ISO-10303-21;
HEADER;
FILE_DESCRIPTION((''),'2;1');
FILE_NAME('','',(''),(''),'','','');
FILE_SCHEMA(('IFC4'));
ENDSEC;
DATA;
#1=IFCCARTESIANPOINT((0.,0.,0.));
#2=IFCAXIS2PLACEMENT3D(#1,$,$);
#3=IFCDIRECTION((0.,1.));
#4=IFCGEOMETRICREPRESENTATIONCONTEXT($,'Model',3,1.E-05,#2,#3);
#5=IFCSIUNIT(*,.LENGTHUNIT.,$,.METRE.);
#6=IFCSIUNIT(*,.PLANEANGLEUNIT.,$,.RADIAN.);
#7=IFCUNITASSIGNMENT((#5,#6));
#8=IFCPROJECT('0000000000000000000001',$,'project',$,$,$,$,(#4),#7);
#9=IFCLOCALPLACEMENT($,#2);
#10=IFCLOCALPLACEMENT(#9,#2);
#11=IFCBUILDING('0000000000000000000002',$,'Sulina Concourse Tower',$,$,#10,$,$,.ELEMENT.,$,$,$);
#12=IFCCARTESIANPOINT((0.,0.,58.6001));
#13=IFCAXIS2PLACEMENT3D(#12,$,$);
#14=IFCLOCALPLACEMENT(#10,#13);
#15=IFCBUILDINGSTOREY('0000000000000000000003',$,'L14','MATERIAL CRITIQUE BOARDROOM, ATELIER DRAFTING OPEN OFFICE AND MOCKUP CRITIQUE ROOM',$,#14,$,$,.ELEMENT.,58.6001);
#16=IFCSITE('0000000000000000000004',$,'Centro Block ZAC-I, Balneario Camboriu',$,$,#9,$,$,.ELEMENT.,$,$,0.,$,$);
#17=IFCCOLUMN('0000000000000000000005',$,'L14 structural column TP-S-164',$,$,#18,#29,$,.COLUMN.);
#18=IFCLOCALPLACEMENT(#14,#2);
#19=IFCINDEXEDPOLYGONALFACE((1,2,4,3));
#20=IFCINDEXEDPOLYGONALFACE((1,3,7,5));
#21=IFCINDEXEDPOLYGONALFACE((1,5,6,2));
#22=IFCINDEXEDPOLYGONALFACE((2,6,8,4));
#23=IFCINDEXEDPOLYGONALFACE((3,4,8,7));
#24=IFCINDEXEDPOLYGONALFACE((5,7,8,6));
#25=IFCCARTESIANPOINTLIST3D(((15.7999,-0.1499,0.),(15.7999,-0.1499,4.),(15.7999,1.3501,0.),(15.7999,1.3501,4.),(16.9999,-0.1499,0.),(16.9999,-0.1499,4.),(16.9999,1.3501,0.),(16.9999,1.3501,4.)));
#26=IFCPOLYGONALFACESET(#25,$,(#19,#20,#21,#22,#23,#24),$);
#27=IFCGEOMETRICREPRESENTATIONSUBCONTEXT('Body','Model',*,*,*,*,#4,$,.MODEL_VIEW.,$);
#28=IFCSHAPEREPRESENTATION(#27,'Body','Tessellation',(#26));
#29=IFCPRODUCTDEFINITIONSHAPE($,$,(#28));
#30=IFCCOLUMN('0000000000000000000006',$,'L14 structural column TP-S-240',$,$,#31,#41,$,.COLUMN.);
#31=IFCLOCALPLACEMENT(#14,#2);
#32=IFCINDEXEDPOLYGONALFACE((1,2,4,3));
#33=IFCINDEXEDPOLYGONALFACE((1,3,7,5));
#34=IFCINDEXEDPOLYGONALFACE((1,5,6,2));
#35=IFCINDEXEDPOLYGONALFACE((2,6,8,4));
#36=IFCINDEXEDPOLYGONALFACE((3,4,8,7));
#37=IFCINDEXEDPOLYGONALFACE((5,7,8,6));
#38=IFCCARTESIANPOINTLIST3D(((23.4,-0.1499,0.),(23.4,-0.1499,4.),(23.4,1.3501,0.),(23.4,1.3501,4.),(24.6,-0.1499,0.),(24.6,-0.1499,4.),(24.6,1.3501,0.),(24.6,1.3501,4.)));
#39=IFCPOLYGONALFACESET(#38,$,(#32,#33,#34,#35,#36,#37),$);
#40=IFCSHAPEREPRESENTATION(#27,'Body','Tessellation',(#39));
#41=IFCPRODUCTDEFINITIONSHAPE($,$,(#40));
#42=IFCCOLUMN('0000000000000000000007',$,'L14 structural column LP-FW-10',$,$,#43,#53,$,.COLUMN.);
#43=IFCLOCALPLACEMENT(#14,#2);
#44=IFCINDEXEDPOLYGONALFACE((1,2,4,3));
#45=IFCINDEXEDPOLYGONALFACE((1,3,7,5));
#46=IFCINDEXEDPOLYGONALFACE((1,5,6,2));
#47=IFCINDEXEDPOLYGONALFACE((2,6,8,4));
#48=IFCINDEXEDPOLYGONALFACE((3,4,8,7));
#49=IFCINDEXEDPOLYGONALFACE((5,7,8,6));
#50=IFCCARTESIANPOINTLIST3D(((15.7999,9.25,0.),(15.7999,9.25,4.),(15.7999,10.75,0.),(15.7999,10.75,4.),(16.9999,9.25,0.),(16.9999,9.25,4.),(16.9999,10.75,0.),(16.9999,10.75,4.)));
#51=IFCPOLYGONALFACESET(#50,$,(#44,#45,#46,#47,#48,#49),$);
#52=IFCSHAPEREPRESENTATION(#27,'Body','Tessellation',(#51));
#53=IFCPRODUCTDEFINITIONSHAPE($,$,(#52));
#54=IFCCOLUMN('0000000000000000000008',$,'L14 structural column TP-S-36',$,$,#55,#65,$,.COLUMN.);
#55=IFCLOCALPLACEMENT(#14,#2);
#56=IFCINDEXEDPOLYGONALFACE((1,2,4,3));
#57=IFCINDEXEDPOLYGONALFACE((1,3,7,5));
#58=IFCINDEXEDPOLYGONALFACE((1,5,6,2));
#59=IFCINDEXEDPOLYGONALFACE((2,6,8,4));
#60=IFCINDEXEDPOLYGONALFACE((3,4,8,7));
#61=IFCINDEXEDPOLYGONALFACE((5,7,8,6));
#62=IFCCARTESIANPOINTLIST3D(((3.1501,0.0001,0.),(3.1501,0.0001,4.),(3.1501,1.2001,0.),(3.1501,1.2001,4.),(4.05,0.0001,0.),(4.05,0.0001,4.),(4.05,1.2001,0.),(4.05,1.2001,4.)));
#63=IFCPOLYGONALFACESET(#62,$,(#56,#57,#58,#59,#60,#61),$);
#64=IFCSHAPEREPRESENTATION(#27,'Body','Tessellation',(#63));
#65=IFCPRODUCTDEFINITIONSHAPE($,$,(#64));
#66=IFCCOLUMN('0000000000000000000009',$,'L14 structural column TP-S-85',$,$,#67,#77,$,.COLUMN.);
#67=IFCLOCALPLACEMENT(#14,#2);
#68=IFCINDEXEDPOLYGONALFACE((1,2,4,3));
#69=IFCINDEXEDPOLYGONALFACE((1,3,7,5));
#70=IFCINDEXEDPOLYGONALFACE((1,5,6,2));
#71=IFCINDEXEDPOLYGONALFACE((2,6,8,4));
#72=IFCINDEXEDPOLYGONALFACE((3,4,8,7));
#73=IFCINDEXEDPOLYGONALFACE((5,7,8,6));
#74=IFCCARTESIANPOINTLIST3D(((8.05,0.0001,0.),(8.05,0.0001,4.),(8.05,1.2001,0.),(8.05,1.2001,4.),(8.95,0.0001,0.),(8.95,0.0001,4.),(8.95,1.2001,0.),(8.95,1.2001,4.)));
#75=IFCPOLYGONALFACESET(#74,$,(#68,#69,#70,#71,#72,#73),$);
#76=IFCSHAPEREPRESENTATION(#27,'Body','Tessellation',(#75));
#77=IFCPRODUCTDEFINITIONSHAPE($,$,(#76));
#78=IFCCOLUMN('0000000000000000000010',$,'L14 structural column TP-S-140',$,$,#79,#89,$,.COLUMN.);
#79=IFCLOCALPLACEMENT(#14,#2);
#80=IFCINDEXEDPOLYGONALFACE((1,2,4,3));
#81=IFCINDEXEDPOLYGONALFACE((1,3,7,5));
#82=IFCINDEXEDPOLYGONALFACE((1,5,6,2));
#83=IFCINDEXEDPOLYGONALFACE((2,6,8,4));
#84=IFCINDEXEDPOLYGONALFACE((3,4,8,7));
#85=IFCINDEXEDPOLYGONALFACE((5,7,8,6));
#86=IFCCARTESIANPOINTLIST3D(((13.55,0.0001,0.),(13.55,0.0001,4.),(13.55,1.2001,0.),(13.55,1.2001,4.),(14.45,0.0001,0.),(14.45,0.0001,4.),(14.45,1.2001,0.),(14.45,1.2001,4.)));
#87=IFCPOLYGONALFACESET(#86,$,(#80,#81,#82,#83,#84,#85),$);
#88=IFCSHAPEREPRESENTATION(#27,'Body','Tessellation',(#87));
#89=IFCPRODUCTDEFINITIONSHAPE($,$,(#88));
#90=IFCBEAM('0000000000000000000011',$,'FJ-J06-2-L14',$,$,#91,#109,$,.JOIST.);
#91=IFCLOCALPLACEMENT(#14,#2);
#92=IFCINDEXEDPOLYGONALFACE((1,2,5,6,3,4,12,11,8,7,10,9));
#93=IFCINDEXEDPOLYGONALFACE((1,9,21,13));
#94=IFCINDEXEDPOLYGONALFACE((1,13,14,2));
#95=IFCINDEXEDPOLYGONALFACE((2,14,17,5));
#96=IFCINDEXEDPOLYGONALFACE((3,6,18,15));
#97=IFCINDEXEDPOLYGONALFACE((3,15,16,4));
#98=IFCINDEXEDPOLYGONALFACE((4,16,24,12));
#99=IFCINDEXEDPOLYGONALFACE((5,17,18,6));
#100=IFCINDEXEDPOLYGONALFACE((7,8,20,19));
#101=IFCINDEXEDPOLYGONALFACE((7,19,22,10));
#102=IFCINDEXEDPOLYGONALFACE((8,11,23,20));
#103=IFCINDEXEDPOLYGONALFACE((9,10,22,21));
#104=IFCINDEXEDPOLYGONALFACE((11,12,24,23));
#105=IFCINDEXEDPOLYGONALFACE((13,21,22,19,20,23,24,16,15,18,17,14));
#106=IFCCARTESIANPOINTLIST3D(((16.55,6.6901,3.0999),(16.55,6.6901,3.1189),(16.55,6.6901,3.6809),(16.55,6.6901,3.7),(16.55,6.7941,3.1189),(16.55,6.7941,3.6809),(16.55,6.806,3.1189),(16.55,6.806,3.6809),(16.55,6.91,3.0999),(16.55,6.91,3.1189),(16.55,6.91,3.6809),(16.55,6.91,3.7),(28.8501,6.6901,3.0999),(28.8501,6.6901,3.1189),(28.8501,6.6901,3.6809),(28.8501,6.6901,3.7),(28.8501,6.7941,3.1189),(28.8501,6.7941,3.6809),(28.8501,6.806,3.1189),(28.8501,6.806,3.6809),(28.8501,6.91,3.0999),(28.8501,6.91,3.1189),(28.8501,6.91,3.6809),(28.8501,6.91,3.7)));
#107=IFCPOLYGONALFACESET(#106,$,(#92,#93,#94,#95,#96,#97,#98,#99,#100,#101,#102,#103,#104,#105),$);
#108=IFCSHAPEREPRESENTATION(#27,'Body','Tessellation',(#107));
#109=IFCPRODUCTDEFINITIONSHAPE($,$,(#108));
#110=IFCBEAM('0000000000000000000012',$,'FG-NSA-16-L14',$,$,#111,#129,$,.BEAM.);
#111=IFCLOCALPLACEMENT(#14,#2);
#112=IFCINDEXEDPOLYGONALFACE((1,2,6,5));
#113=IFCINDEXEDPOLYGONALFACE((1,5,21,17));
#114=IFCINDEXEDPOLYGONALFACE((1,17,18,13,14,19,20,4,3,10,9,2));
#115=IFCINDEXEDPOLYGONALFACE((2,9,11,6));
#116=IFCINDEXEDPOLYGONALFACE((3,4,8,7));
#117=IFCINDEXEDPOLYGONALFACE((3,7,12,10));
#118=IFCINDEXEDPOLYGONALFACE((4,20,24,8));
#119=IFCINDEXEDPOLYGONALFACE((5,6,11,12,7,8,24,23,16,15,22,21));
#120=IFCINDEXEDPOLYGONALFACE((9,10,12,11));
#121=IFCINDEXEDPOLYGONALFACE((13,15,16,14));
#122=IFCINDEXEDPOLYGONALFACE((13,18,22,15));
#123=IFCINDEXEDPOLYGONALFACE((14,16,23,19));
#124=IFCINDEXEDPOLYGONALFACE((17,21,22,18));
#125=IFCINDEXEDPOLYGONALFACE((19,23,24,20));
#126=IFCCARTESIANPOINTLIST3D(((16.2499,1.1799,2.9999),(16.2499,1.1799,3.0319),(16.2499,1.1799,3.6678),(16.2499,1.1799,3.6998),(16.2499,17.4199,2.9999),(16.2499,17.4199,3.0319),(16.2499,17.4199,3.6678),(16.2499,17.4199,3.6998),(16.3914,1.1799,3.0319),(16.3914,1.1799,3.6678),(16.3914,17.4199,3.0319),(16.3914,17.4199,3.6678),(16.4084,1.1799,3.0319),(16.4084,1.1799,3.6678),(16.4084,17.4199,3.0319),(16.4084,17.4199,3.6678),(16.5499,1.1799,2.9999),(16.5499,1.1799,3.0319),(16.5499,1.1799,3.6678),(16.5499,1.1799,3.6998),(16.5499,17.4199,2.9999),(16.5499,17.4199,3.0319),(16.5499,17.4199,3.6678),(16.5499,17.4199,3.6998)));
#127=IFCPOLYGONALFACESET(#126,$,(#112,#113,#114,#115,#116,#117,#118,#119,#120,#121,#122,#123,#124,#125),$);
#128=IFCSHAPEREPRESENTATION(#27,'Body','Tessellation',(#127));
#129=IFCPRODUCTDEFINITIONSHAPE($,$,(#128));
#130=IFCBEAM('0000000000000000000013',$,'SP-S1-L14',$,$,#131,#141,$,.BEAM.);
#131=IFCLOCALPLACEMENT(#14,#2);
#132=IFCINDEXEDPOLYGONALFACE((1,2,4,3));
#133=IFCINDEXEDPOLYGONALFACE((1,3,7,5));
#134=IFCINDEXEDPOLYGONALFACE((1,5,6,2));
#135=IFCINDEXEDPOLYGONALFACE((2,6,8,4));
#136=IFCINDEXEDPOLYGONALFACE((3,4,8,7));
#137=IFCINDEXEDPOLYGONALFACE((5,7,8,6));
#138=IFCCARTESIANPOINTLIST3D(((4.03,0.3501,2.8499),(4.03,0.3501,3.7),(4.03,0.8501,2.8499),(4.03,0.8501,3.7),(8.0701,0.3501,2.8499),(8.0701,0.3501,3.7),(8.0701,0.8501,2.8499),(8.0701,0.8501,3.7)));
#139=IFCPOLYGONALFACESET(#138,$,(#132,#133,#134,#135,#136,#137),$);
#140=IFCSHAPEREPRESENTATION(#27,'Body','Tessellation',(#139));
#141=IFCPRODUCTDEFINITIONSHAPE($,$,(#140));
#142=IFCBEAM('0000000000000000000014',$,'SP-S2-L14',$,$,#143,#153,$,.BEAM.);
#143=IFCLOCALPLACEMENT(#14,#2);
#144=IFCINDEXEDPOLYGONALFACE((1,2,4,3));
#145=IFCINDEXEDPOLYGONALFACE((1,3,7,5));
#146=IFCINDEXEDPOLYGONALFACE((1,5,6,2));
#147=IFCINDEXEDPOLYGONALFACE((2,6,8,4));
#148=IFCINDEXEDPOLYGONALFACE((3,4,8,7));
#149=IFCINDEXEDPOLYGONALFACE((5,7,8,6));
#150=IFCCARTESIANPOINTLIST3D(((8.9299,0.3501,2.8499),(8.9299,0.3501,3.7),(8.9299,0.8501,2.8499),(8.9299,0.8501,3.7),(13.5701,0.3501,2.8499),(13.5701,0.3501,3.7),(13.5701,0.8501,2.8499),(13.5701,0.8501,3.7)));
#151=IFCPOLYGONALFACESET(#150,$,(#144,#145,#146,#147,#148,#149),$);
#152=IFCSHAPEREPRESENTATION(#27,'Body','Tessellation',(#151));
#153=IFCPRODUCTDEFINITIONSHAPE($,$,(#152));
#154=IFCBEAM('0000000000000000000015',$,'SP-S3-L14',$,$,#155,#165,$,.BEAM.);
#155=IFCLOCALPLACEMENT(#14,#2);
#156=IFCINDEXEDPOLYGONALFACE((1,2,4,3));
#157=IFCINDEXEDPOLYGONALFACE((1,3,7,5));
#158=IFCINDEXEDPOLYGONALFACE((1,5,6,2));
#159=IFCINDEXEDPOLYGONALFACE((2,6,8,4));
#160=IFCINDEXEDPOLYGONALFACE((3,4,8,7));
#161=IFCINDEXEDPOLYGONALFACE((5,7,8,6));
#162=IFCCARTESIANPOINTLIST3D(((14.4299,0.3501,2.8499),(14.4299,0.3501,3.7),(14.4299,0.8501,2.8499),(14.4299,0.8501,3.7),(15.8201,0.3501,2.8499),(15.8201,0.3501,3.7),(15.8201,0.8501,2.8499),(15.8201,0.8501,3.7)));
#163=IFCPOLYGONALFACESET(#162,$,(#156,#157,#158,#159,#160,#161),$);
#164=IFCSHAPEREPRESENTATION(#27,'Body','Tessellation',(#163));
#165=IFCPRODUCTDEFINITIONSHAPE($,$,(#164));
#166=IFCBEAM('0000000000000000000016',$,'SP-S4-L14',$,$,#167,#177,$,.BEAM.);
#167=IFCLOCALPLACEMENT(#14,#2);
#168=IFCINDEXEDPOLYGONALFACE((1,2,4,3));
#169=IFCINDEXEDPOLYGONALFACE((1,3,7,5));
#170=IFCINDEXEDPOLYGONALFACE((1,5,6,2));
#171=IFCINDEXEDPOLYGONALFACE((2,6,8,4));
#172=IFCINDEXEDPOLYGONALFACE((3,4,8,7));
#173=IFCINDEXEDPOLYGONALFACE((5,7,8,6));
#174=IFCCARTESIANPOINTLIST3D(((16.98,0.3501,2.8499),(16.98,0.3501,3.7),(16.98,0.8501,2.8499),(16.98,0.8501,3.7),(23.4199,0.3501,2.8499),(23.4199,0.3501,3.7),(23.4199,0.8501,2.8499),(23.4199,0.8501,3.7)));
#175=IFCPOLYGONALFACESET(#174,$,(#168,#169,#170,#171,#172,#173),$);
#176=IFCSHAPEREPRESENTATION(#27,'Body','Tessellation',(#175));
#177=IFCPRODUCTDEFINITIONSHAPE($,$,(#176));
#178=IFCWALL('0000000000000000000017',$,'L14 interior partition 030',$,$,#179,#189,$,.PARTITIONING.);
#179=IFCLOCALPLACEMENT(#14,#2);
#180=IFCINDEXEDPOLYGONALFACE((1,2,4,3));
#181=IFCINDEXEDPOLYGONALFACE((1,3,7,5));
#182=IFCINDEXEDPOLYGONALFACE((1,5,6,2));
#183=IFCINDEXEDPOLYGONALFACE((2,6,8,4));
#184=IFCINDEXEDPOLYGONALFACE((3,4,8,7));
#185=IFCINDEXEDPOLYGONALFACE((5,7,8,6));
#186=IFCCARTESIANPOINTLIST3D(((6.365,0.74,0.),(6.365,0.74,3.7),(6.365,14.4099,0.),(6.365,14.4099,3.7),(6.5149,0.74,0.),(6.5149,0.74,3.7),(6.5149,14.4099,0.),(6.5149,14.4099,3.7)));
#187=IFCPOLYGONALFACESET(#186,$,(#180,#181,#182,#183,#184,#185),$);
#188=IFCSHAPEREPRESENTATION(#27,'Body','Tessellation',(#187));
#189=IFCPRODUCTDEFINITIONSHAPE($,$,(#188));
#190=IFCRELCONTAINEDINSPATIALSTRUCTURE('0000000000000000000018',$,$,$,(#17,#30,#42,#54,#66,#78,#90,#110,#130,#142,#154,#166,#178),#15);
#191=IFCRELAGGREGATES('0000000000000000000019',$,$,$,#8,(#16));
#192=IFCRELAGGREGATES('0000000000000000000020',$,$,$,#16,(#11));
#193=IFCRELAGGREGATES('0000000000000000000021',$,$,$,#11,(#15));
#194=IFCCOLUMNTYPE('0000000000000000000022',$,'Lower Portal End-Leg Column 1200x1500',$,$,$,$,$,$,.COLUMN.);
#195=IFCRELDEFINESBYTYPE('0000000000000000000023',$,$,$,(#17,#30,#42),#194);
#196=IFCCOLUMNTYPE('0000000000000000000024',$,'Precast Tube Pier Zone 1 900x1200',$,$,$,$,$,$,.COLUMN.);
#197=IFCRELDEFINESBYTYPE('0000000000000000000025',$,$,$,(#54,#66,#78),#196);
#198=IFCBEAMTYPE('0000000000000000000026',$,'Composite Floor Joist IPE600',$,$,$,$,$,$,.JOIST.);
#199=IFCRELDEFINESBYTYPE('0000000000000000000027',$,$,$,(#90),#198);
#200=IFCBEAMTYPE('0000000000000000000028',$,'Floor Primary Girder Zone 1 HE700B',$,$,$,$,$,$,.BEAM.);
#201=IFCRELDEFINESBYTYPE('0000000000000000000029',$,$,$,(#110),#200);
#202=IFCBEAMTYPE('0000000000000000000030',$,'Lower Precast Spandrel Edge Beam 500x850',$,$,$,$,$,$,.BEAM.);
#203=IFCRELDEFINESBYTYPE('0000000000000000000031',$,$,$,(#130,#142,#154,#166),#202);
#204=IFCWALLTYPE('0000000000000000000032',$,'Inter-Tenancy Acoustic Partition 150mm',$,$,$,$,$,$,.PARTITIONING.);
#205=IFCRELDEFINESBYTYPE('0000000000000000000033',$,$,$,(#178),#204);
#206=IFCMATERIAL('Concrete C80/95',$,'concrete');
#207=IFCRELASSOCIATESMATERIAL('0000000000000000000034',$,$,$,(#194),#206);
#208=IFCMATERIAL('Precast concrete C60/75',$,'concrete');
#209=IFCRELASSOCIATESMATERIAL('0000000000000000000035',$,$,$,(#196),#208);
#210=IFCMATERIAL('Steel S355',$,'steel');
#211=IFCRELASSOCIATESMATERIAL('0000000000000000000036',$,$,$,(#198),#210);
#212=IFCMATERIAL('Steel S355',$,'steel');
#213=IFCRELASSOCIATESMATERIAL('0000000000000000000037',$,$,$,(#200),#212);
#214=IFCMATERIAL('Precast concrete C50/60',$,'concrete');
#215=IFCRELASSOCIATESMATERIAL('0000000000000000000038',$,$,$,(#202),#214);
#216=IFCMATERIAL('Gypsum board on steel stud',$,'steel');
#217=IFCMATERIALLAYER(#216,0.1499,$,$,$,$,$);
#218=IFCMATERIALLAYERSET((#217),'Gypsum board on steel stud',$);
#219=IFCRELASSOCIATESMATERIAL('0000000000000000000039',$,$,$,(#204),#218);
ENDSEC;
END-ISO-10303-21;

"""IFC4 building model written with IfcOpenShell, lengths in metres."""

from ifc_helpers import new_model, si_unit, direction, frame, frame_2d, origin, origin_2d, place, context, subcontext, project, spatial, rectangle, i_section, extrude, material, layer, layer_set, material_profile, profile_set, type_object, element, save


model = new_model("IFC4")

# Units and contexts
model_context = context("Model", 3, precision=1e-05, world=origin(), true_north=direction((0.0, 1.0)))
body_context = subcontext(model_context, "Body", "Model", "MODEL_VIEW")
ifc_project = project(units=[si_unit("LENGTHUNIT", "METRE"), si_unit("PLANEANGLEUNIT", "RADIAN")], contexts=[model_context])

# Site, building, storey
site_placement = place(None, origin())
site = spatial("IfcSite", under=ifc_project, at=site_placement, Name="Centro Block ZAC-I, Balneario Camboriu", CompositionType="ELEMENT", RefElevation=0.0)
building_placement = place(site_placement, origin())
building = spatial("IfcBuilding", under=site, at=building_placement, Name="Sulina Concourse Tower", CompositionType="ELEMENT")
storey_placement = place(building_placement, frame((0.0, 0.0, 58.6001)))
storey = spatial("IfcBuildingStorey", under=building, at=storey_placement, Name="L14", Description="MATERIAL CRITIQUE BOARDROOM, ATELIER DRAFTING OPEN OFFICE AND MOCKUP CRITIQUE ROOM", CompositionType="ELEMENT", Elevation=58.6001)

# Columns
ifc_material_1 = material(Name="Concrete C80/95", Category="concrete")
ifc_material_profile_1 = material_profile(ifc_material_1, rectangle(XDim=1.2, YDim=1.5, at=origin_2d()), Name="RC 1200x1500")
ifc_profile_set_1 = profile_set([ifc_material_profile_1], Name="Concrete C80/95")
column_type_1 = type_object("IfcColumnType", Name="Lower Portal End-Leg Column 1200x1500", PredefinedType="COLUMN", material=ifc_profile_set_1)
for number, where, z_axis, x_axis, name in (
    (1, (16.3999, 0.6001, 0.0), (0.0, 0.0, 1.0), (1.0, 0.0, 0.0), "L14 structural column TP-S-164"),
    (2, (24.0, 0.6001, 0.0), (0.0, 0.0, 1.0), (1.0, 0.0, 0.0), "L14 structural column TP-S-240"),
    (3, (16.3999, 10.0, 0.0), (0.0, 0.0, 1.0), (1.0, 0.0, 0.0), "L14 structural column LP-FW-10"),
):
    element("IfcColumn", number, at=place(storey_placement, frame(where, z_axis=z_axis, x_axis=x_axis)), inside=storey, type_object=column_type_1, Name=name, PredefinedType="COLUMN", context=body_context, shape_type="SweptSolid", body=[
        extrude(rectangle(XDim=1.2, YDim=1.5, at=origin_2d()), origin(), (0.0, 0.0, 1.0), 4.0),
    ])
ifc_material_2 = material(Name="Precast concrete C60/75", Category="concrete")
ifc_material_profile_2 = material_profile(ifc_material_2, rectangle(XDim=0.8999, YDim=1.2, at=origin_2d()), Name="PC 900x1200")
ifc_profile_set_2 = profile_set([ifc_material_profile_2], Name="Precast concrete C60/75")
column_type_2 = type_object("IfcColumnType", Name="Precast Tube Pier Zone 1 900x1200", PredefinedType="COLUMN", material=ifc_profile_set_2)
for number, where, z_axis, x_axis, name in (
    (4, (3.6001, 0.6001, 0.0), (0.0, 0.0, 1.0), (1.0, 0.0, 0.0), "L14 structural column TP-S-36"),
    (5, (8.5, 0.6001, 0.0), (0.0, 0.0, 1.0), (1.0, 0.0, 0.0), "L14 structural column TP-S-85"),
    (6, (14.0, 0.6001, 0.0), (0.0, 0.0, 1.0), (1.0, 0.0, 0.0), "L14 structural column TP-S-140"),
):
    element("IfcColumn", number, at=place(storey_placement, frame(where, z_axis=z_axis, x_axis=x_axis)), inside=storey, type_object=column_type_2, Name=name, PredefinedType="COLUMN", context=body_context, shape_type="SweptSolid", body=[
        extrude(rectangle(XDim=0.8999, YDim=1.2, at=origin_2d()), origin(), (0.0, 0.0, 1.0), 4.0),
    ])

# Beams
ifc_material_3 = material(Name="Steel S355", Category="steel")
ifc_material_profile_3 = material_profile(ifc_material_3, i_section(OverallWidth=0.22, OverallDepth=0.6001, WebThickness=0.012, FlangeThickness=0.019, at=origin_2d()), Name="IPE 600")
ifc_profile_set_3 = profile_set([ifc_material_profile_3], Name="Steel S355")
beam_type_1 = type_object("IfcBeamType", Name="Composite Floor Joist IPE600", PredefinedType="JOIST", material=ifc_profile_set_3)
beam_1_placement = place(storey_placement, frame((16.55, 6.8, 3.3999), z_axis=(1.0, 0.0, 0.0), x_axis=(0.0, 1.0, 0.0)))
element("IfcBeam", 7, at=beam_1_placement, inside=storey, type_object=beam_type_1, Name="FJ-J06-2-L14", PredefinedType="JOIST", context=body_context, shape_type="SweptSolid", body=[
    extrude(i_section(OverallWidth=0.22, OverallDepth=0.6001, WebThickness=0.012, FlangeThickness=0.019, at=origin_2d()), origin(), (0.0, 0.0, 1.0), 12.3),
])
ifc_material_4 = material(Name="Steel S355", Category="steel")
ifc_material_profile_4 = material_profile(ifc_material_4, i_section(OverallWidth=0.3, OverallDepth=0.7, WebThickness=0.0171, FlangeThickness=0.032, at=origin_2d()), Name="HE 700 B")
ifc_profile_set_4 = profile_set([ifc_material_profile_4], Name="Steel S355")
beam_type_2 = type_object("IfcBeamType", Name="Floor Primary Girder Zone 1 HE700B", PredefinedType="BEAM", material=ifc_profile_set_4)
beam_2_placement = place(storey_placement, frame((16.3999, 1.1799, 3.3499), z_axis=(0.0, 1.0, 0.0), x_axis=(-1.0, 0.0, 0.0)))
element("IfcBeam", 8, at=beam_2_placement, inside=storey, type_object=beam_type_2, Name="FG-NSA-16-L14", PredefinedType="BEAM", context=body_context, shape_type="SweptSolid", body=[
    extrude(i_section(OverallWidth=0.3, OverallDepth=0.7, WebThickness=0.0171, FlangeThickness=0.032, at=origin_2d()), origin(), (0.0, 0.0, 1.0), 16.24),
])
ifc_material_5 = material(Name="Precast concrete C50/60", Category="concrete")
ifc_material_profile_5 = material_profile(ifc_material_5, rectangle(XDim=0.5, YDim=0.8501, at=origin_2d()), Name="RC 500x850")
ifc_profile_set_5 = profile_set([ifc_material_profile_5], Name="Precast concrete C50/60")
beam_type_3 = type_object("IfcBeamType", Name="Lower Precast Spandrel Edge Beam 500x850", PredefinedType="BEAM", material=ifc_profile_set_5)
beam_3_placement = place(storey_placement, frame((4.03, 0.6001, 3.2749), z_axis=(1.0, 0.0, 0.0), x_axis=(0.0, 1.0, 0.0)))
element("IfcBeam", 9, at=beam_3_placement, inside=storey, type_object=beam_type_3, Name="SP-S1-L14", PredefinedType="BEAM", context=body_context, shape_type="SweptSolid", body=[
    extrude(rectangle(XDim=0.5, YDim=0.8501, at=origin_2d()), origin(), (0.0, 0.0, 1.0), 4.04),
])
beam_4_placement = place(storey_placement, frame((8.9299, 0.6001, 3.2749), z_axis=(1.0, 0.0, 0.0), x_axis=(0.0, 1.0, 0.0)))
element("IfcBeam", 10, at=beam_4_placement, inside=storey, type_object=beam_type_3, Name="SP-S2-L14", PredefinedType="BEAM", context=body_context, shape_type="SweptSolid", body=[
    extrude(rectangle(XDim=0.5, YDim=0.8501, at=origin_2d()), origin(), (0.0, 0.0, 1.0), 4.6401),
])
beam_5_placement = place(storey_placement, frame((14.4299, 0.6001, 3.2749), z_axis=(1.0, 0.0, 0.0), x_axis=(0.0, 1.0, 0.0)))
element("IfcBeam", 11, at=beam_5_placement, inside=storey, type_object=beam_type_3, Name="SP-S3-L14", PredefinedType="BEAM", context=body_context, shape_type="SweptSolid", body=[
    extrude(rectangle(XDim=0.5, YDim=0.8501, at=origin_2d()), origin(), (0.0, 0.0, 1.0), 1.3901),
])
beam_6_placement = place(storey_placement, frame((16.98, 0.6001, 3.2749), z_axis=(1.0, 0.0, 0.0), x_axis=(0.0, 1.0, 0.0)))
element("IfcBeam", 12, at=beam_6_placement, inside=storey, type_object=beam_type_3, Name="SP-S4-L14", PredefinedType="BEAM", context=body_context, shape_type="SweptSolid", body=[
    extrude(rectangle(XDim=0.5, YDim=0.8501, at=origin_2d()), origin(), (0.0, 0.0, 1.0), 6.4399),
])

# Wall
ifc_material_6 = material(Name="Gypsum board on steel stud", Category="steel")
ifc_layer_1 = layer(ifc_material_6, 0.1499)
ifc_layer_set_1 = layer_set([ifc_layer_1], Name="Gypsum board on steel stud")
wall_type_1 = type_object("IfcWallType", Name="Inter-Tenancy Acoustic Partition 150mm", PredefinedType="PARTITIONING", material=ifc_layer_set_1)
for number, where, z_axis, x_axis, name in (
    (13, (6.4399, 0.74, 0.0), (0.0, 0.0, 1.0), (0.0, 1.0, 0.0), "L14 interior partition 030"),
):
    element("IfcWall", number, at=place(storey_placement, frame(where, z_axis=z_axis, x_axis=x_axis)), inside=storey, type_object=wall_type_1, Name=name, PredefinedType="PARTITIONING", context=body_context, shape_type="SweptSolid", body=[
        extrude(rectangle(XDim=13.6699, YDim=0.1499, at=frame_2d((6.835, 0.0))), origin(), (0.0, 0.0, 1.0), 3.7),
    ])

save(model, "model.ifc")
